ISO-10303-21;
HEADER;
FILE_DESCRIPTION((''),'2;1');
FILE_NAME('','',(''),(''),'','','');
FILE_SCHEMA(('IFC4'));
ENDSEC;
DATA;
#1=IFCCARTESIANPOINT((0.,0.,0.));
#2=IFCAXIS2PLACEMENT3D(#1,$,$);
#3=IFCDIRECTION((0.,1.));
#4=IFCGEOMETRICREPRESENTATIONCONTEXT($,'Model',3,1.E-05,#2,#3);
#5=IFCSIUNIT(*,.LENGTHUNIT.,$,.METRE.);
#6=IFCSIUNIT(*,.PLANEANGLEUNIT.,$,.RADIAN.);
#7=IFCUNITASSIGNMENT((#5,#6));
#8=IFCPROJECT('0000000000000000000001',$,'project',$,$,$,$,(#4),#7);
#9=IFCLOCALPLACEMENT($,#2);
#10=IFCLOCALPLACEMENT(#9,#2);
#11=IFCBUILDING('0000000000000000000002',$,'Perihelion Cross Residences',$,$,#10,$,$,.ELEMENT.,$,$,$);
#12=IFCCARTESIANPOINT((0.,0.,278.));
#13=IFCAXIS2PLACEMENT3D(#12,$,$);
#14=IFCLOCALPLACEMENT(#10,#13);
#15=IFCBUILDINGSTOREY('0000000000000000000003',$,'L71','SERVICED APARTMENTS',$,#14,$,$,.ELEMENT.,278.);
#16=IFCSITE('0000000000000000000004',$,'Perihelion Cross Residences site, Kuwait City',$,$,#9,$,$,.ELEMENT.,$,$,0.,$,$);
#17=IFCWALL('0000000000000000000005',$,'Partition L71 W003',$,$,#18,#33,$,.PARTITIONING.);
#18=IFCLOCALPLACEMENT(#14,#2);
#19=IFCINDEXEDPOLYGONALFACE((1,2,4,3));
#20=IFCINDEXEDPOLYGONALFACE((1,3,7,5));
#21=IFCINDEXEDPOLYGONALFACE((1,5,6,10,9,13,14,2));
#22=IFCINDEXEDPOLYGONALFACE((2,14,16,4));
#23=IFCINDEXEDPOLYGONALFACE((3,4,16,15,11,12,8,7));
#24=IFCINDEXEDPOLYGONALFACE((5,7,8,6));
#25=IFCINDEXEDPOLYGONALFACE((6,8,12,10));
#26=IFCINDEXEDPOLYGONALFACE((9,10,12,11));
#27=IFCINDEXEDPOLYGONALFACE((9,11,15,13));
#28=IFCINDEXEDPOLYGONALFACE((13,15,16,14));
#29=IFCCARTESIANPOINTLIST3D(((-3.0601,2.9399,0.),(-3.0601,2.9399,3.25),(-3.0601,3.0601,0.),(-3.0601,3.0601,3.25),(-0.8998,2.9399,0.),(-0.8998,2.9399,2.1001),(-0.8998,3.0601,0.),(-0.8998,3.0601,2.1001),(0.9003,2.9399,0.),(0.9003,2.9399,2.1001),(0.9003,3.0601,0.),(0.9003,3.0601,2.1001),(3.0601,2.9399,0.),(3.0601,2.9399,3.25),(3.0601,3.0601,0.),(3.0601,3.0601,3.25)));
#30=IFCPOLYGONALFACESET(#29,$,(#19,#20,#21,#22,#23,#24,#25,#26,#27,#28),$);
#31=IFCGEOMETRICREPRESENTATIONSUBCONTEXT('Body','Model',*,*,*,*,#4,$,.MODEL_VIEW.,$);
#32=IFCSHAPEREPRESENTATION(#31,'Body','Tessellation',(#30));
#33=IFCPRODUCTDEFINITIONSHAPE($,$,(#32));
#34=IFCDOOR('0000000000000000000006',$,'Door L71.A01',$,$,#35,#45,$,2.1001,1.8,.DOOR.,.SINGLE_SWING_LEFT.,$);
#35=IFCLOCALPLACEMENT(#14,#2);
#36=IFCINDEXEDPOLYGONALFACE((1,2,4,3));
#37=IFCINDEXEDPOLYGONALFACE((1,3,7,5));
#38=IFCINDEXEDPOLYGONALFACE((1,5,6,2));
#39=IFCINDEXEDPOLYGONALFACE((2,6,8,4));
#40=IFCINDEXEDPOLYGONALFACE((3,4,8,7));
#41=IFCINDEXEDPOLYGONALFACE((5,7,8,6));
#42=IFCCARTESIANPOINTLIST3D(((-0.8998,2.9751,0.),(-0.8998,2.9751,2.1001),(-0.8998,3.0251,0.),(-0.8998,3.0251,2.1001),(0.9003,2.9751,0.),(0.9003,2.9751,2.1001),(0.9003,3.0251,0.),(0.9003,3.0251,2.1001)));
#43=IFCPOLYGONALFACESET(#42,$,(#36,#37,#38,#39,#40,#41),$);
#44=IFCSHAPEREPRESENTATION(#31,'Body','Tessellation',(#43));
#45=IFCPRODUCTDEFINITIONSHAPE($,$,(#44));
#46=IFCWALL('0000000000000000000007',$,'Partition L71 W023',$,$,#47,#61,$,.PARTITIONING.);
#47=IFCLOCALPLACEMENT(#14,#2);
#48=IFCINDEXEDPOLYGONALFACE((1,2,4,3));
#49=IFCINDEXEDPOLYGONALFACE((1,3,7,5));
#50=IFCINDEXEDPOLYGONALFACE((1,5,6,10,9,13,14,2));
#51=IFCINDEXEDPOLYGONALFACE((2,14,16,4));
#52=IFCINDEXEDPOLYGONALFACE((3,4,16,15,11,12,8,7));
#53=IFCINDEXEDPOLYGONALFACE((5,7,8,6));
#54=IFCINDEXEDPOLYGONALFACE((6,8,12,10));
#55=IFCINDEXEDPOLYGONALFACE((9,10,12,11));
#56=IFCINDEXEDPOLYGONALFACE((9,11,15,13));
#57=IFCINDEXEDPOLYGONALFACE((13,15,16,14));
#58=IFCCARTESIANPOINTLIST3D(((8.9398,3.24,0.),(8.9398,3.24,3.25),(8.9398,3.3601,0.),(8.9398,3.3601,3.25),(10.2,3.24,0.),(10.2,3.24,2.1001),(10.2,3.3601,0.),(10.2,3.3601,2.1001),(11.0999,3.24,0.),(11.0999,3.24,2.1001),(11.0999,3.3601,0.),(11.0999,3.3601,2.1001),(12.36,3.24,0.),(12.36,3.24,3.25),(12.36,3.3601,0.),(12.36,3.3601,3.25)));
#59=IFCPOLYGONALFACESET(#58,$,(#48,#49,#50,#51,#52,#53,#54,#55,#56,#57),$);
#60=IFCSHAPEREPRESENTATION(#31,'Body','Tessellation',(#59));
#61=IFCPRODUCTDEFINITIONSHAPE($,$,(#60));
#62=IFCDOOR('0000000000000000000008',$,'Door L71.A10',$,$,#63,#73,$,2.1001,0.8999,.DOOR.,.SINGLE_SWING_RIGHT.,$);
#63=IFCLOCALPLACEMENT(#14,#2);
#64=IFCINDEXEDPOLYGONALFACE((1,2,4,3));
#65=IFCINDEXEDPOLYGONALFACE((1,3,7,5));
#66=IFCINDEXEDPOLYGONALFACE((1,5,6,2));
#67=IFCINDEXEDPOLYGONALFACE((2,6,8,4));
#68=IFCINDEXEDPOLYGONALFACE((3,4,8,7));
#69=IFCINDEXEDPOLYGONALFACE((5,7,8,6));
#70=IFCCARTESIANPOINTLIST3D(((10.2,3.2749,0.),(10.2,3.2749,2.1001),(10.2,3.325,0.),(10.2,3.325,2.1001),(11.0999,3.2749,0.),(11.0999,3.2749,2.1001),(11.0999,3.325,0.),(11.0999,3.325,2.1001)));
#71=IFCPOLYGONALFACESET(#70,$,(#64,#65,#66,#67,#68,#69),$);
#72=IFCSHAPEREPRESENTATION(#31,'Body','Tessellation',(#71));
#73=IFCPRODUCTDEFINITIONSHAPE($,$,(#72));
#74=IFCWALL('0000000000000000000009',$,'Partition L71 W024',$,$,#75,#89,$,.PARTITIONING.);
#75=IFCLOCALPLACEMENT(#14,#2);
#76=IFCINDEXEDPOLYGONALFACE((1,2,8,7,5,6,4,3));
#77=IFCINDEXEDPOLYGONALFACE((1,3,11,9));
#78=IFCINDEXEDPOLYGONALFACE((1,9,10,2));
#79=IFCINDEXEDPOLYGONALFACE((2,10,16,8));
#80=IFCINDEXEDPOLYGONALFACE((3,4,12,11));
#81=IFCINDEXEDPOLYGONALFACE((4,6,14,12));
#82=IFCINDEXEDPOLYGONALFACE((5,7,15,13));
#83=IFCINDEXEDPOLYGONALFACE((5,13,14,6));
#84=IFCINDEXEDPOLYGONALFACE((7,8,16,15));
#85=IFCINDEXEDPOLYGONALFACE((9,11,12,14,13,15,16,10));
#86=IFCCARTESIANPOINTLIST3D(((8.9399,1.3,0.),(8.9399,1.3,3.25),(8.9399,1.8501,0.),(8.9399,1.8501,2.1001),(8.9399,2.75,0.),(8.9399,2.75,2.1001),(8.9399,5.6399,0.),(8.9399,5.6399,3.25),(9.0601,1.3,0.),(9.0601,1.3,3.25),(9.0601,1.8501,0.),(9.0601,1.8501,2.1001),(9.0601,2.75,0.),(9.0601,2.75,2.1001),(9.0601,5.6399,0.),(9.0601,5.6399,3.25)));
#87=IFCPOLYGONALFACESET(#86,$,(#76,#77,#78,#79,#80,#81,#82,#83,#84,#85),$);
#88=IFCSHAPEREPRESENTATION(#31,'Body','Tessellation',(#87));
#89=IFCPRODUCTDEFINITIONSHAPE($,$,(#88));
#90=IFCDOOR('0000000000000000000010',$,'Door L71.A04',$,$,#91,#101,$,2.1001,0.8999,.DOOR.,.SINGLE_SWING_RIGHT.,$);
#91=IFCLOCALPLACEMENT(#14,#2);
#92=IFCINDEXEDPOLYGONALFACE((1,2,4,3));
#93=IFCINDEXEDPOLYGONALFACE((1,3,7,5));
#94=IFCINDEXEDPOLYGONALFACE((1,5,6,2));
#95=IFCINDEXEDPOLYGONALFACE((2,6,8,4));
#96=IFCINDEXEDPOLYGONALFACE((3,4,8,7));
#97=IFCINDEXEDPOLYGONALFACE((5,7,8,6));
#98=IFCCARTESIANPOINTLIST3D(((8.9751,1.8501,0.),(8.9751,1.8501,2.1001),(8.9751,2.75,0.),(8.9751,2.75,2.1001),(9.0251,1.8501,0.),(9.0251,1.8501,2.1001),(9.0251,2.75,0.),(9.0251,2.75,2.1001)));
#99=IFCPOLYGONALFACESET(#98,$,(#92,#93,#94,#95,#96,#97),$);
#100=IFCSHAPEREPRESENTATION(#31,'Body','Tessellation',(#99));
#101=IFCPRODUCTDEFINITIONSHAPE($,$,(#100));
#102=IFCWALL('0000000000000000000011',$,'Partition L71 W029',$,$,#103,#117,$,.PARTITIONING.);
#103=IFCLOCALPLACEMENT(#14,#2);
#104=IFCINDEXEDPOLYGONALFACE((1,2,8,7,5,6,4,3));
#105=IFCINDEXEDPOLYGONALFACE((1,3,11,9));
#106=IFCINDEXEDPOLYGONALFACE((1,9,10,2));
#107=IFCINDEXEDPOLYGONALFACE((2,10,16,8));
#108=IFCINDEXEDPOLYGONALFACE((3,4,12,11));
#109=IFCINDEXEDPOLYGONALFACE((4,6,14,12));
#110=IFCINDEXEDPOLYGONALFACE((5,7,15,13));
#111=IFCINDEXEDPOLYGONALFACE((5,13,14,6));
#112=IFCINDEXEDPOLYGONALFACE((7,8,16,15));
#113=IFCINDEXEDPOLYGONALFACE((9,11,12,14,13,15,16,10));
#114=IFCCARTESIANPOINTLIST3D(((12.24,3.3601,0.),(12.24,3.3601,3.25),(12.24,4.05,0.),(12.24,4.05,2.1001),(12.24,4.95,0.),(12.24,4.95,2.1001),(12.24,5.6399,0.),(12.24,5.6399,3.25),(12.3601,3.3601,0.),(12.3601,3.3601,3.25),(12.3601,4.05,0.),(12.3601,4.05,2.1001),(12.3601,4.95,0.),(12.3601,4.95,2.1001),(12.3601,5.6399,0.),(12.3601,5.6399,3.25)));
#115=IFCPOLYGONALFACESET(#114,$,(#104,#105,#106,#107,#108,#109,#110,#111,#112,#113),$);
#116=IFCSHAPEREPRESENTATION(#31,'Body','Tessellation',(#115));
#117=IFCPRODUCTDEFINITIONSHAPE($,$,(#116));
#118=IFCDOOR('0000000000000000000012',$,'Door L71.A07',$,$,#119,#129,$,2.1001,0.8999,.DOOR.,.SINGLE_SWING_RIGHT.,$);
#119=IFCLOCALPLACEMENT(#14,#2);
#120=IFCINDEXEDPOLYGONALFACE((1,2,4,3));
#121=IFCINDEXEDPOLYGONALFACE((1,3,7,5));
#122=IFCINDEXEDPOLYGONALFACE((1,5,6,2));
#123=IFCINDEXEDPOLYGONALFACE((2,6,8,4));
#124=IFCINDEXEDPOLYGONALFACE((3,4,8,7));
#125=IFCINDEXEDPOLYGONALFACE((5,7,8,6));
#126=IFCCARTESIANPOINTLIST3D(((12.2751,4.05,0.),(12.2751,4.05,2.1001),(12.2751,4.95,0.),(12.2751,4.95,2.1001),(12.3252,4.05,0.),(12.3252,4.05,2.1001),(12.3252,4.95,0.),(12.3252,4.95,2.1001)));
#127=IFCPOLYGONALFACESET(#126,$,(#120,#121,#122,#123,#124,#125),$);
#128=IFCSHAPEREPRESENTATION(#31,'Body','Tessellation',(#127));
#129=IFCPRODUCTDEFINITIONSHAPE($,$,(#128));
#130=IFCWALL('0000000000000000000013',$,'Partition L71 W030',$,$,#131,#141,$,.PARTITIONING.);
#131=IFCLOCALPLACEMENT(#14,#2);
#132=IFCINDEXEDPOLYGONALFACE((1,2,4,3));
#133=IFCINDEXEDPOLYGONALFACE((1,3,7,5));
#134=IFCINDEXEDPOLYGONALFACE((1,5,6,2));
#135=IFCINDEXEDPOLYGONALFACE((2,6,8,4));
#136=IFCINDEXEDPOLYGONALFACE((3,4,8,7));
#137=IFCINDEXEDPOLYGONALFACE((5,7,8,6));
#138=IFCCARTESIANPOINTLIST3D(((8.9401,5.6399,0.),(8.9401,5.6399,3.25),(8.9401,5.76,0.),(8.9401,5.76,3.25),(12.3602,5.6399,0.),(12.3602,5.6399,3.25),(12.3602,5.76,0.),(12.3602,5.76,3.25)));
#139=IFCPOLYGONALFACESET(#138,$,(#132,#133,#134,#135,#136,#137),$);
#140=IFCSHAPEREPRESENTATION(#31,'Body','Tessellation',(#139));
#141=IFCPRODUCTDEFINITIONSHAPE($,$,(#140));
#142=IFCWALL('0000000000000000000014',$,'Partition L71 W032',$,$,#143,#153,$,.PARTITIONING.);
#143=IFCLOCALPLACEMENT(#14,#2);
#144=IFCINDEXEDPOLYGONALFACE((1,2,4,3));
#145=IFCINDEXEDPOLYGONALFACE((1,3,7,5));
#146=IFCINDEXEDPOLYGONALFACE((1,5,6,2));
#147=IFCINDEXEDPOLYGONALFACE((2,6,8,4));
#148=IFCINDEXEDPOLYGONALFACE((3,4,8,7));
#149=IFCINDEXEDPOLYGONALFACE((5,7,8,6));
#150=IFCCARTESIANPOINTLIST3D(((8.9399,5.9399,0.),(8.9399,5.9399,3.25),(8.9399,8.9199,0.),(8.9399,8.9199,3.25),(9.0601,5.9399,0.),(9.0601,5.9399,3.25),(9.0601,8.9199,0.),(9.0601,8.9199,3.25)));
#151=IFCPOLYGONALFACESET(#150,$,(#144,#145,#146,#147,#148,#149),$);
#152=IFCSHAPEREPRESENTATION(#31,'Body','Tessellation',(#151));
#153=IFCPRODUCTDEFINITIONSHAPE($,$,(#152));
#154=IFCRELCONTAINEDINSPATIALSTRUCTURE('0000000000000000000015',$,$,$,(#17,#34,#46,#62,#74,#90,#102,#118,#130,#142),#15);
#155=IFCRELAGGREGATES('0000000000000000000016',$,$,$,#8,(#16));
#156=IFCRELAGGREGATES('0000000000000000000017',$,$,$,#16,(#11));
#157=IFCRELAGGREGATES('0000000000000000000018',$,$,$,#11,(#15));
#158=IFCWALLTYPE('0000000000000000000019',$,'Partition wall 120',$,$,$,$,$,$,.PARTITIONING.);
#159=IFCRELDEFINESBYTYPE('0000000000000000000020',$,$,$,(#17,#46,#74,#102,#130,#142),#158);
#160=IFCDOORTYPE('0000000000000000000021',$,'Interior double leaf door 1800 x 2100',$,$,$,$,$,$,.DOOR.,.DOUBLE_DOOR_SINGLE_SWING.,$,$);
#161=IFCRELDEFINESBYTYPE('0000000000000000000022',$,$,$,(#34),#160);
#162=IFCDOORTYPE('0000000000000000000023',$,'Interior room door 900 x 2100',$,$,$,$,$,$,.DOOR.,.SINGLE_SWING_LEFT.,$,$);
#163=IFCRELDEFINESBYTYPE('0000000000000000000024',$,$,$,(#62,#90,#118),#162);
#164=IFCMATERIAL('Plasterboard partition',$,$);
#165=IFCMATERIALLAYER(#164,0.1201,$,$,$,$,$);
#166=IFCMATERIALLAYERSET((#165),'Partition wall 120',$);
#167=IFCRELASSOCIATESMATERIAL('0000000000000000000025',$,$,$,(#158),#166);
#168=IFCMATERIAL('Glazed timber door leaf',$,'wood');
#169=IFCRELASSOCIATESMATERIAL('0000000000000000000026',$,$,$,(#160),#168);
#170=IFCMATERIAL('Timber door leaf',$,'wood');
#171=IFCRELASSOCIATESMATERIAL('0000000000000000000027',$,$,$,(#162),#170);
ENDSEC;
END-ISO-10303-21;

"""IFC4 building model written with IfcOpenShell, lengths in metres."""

from ifc_helpers import new_model, si_unit, direction, frame, frame_2d, origin, place, context, subcontext, project, spatial, rectangle, extrude, material, layer, layer_set, type_object, element, fill, save


model = new_model("IFC4")

# Units and contexts
model_context = context("Model", 3, precision=1e-05, world=origin(), true_north=direction((0.0, 1.0)))
body_context = subcontext(model_context, "Body", "Model", "MODEL_VIEW")
ifc_project = project(units=[si_unit("LENGTHUNIT", "METRE"), si_unit("PLANEANGLEUNIT", "RADIAN")], contexts=[model_context])

# Site, building, storey
site_placement = place(None, origin())
site = spatial("IfcSite", under=ifc_project, at=site_placement, Name="Perihelion Cross Residences site, Kuwait City", CompositionType="ELEMENT", RefElevation=0.0)
building_placement = place(site_placement, origin())
building = spatial("IfcBuilding", under=site, at=building_placement, Name="Perihelion Cross Residences", CompositionType="ELEMENT")
storey_placement = place(building_placement, frame((0.0, 0.0, 278.0)))
storey = spatial("IfcBuildingStorey", under=building, at=storey_placement, Name="L71", Description="SERVICED APARTMENTS", CompositionType="ELEMENT", Elevation=278.0)

# Walls, openings, doors
ifc_material_1 = material(Name="Plasterboard partition")
ifc_layer_1 = layer(ifc_material_1, 0.1201)
ifc_layer_set_1 = layer_set([ifc_layer_1], Name="Partition wall 120")
wall_type_1 = type_object("IfcWallType", Name="Partition wall 120", PredefinedType="PARTITIONING", material=ifc_layer_set_1)
wall_1_placement = place(storey_placement, frame((3.0601, 3.0, 0.0), z_axis=(0.0, 0.0, 1.0), x_axis=(-1.0, 0.0, 0.0)))
wall_1 = element("IfcWall", 1, at=wall_1_placement, inside=storey, type_object=wall_type_1, Name="Partition L71 W003", PredefinedType="PARTITIONING", context=body_context, shape_type="SweptSolid", body=[
    extrude(rectangle(XDim=6.1201, YDim=0.1201, at=frame_2d((3.0601, 0.0))), origin(), (0.0, 0.0, 1.0), 3.25),
])
opening_1_placement = place(wall_1_placement, frame((2.1599, 0.0, 0.0)))
opening_1 = element("IfcOpeningElement", 2, at=opening_1_placement, cuts=wall_1, PredefinedType="OPENING", context=body_context, shape_type="SweptSolid", body=[
    extrude(rectangle(XDim=1.8, YDim=2.1001, at=frame_2d((0.8999, 1.05))), frame((0.0, 0.0701, 0.0), z_axis=(0.0, -1.0, 0.0), x_axis=(1.0, 0.0, 0.0)), (0.0, 0.0, 1.0), 0.1401),
])
ifc_material_2 = material(Name="Glazed timber door leaf", Category="wood")
door_type_1 = type_object("IfcDoorType", Name="Interior double leaf door 1800 x 2100", OperationType="DOUBLE_DOOR_SINGLE_SWING", PredefinedType="DOOR", material=ifc_material_2)
door_1_placement = place(opening_1_placement, origin())
door_1 = element("IfcDoor", 3, at=door_1_placement, inside=storey, type_object=door_type_1, Name="Door L71.A01", OperationType="SINGLE_SWING_LEFT", OverallHeight=2.1001, OverallWidth=1.8, PredefinedType="DOOR", context=body_context, shape_type="SweptSolid", body=[
    extrude(rectangle(XDim=1.8, YDim=2.1001, at=frame_2d((0.8999, 1.05))), frame((0.0, 0.0249, 0.0), z_axis=(0.0, -1.0, 0.0), x_axis=(1.0, 0.0, 0.0)), (0.0, 0.0, 1.0), 0.05),
])
fill(opening_1, door_1)
wall_2_placement = place(storey_placement, frame((8.9399, 3.3, 0.0), z_axis=(0.0, 0.0, 1.0), x_axis=(1.0, 0.0, 0.0)))
wall_2 = element("IfcWall", 4, at=wall_2_placement, inside=storey, type_object=wall_type_1, Name="Partition L71 W023", PredefinedType="PARTITIONING", context=body_context, shape_type="SweptSolid", body=[
    extrude(rectangle(XDim=3.4202, YDim=0.1201, at=frame_2d((1.71, 0.0))), origin(), (0.0, 0.0, 1.0), 3.25),
])
opening_2_placement = place(wall_2_placement, frame((1.26, 0.0, 0.0)))
opening_2 = element("IfcOpeningElement", 5, at=opening_2_placement, cuts=wall_2, PredefinedType="OPENING", context=body_context, shape_type="SweptSolid", body=[
    extrude(rectangle(XDim=0.8999, YDim=2.1001, at=frame_2d((0.45, 1.05))), frame((0.0, 0.0701, 0.0), z_axis=(0.0, -1.0, 0.0), x_axis=(1.0, 0.0, 0.0)), (0.0, 0.0, 1.0), 0.1401),
])
ifc_material_3 = material(Name="Timber door leaf", Category="wood")
door_type_2 = type_object("IfcDoorType", Name="Interior room door 900 x 2100", OperationType="SINGLE_SWING_LEFT", PredefinedType="DOOR", material=ifc_material_3)
door_2_placement = place(opening_2_placement, origin())
door_2 = element("IfcDoor", 6, at=door_2_placement, inside=storey, type_object=door_type_2, Name="Door L71.A10", OperationType="SINGLE_SWING_RIGHT", OverallHeight=2.1001, OverallWidth=0.8999, PredefinedType="DOOR", context=body_context, shape_type="SweptSolid", body=[
    extrude(rectangle(XDim=0.8999, YDim=2.1001, at=frame_2d((0.45, 1.05))), frame((0.0, 0.0249, 0.0), z_axis=(0.0, -1.0, 0.0), x_axis=(1.0, 0.0, 0.0)), (0.0, 0.0, 1.0), 0.05),
])
fill(opening_2, door_2)
wall_3_placement = place(storey_placement, frame((9.0, 1.3, 0.0), z_axis=(0.0, 0.0, 1.0), x_axis=(0.0, 1.0, 0.0)))
wall_3 = element("IfcWall", 7, at=wall_3_placement, inside=storey, type_object=wall_type_1, Name="Partition L71 W024", PredefinedType="PARTITIONING", context=body_context, shape_type="SweptSolid", body=[
    extrude(rectangle(XDim=4.3398, YDim=0.1201, at=frame_2d((2.1699, 0.0))), origin(), (0.0, 0.0, 1.0), 3.25),
])
opening_3_placement = place(wall_3_placement, frame((0.55, 0.0, 0.0)))
opening_3 = element("IfcOpeningElement", 8, at=opening_3_placement, cuts=wall_3, PredefinedType="OPENING", context=body_context, shape_type="SweptSolid", body=[
    extrude(rectangle(XDim=0.8999, YDim=2.1001, at=frame_2d((0.45, 1.05))), frame((0.0, 0.0701, 0.0), z_axis=(0.0, -1.0, 0.0), x_axis=(1.0, 0.0, 0.0)), (0.0, 0.0, 1.0), 0.1401),
])
door_3_placement = place(opening_3_placement, origin())
door_3 = element("IfcDoor", 9, at=door_3_placement, inside=storey, type_object=door_type_2, Name="Door L71.A04", OperationType="SINGLE_SWING_RIGHT", OverallHeight=2.1001, OverallWidth=0.8999, PredefinedType="DOOR", context=body_context, shape_type="SweptSolid", body=[
    extrude(rectangle(XDim=0.8999, YDim=2.1001, at=frame_2d((0.45, 1.05))), frame((0.0, 0.0249, 0.0), z_axis=(0.0, -1.0, 0.0), x_axis=(1.0, 0.0, 0.0)), (0.0, 0.0, 1.0), 0.05),
])
fill(opening_3, door_3)
wall_4_placement = place(storey_placement, frame((12.3, 3.3601, 0.0), z_axis=(0.0, 0.0, 1.0), x_axis=(0.0, 1.0, 0.0)))
wall_4 = element("IfcWall", 10, at=wall_4_placement, inside=storey, type_object=wall_type_1, Name="Partition L71 W029", PredefinedType="PARTITIONING", context=body_context, shape_type="SweptSolid", body=[
    extrude(rectangle(XDim=2.2798, YDim=0.1201, at=frame_2d((1.1399, 0.0))), origin(), (0.0, 0.0, 1.0), 3.25),
])
opening_4_placement = place(wall_4_placement, frame((0.6899, 0.0, 0.0)))
opening_4 = element("IfcOpeningElement", 11, at=opening_4_placement, cuts=wall_4, PredefinedType="OPENING", context=body_context, shape_type="SweptSolid", body=[
    extrude(rectangle(XDim=0.8999, YDim=2.1001, at=frame_2d((0.45, 1.05))), frame((0.0, 0.0701, 0.0), z_axis=(0.0, -1.0, 0.0), x_axis=(1.0, 0.0, 0.0)), (0.0, 0.0, 1.0), 0.1401),
])
door_4_placement = place(opening_4_placement, origin())
door_4 = element("IfcDoor", 12, at=door_4_placement, inside=storey, type_object=door_type_2, Name="Door L71.A07", OperationType="SINGLE_SWING_RIGHT", OverallHeight=2.1001, OverallWidth=0.8999, PredefinedType="DOOR", context=body_context, shape_type="SweptSolid", body=[
    extrude(rectangle(XDim=0.8999, YDim=2.1001, at=frame_2d((0.45, 1.05))), frame((0.0, 0.0249, 0.0), z_axis=(0.0, -1.0, 0.0), x_axis=(1.0, 0.0, 0.0)), (0.0, 0.0, 1.0), 0.05),
])
fill(opening_4, door_4)

# Walls
wall_5_placement = place(storey_placement, frame((12.3601, 5.7, 0.0), z_axis=(0.0, 0.0, 1.0), x_axis=(-1.0, 0.0, 0.0)))
element("IfcWall", 13, at=wall_5_placement, inside=storey, type_object=wall_type_1, Name="Partition L71 W030", PredefinedType="PARTITIONING", context=body_context, shape_type="SweptSolid", body=[
    extrude(rectangle(XDim=3.4202, YDim=0.1201, at=frame_2d((1.71, 0.0))), origin(), (0.0, 0.0, 1.0), 3.25),
])
wall_6_placement = place(storey_placement, frame((9.0, 5.9399, 0.0), z_axis=(0.0, 0.0, 1.0), x_axis=(0.0, 1.0, 0.0)))
element("IfcWall", 14, at=wall_6_placement, inside=storey, type_object=wall_type_1, Name="Partition L71 W032", PredefinedType="PARTITIONING", context=body_context, shape_type="SweptSolid", body=[
    extrude(rectangle(XDim=2.98, YDim=0.1201, at=frame_2d((1.49, 0.0))), origin(), (0.0, 0.0, 1.0), 3.25),
])

save(model, "model.ifc")
